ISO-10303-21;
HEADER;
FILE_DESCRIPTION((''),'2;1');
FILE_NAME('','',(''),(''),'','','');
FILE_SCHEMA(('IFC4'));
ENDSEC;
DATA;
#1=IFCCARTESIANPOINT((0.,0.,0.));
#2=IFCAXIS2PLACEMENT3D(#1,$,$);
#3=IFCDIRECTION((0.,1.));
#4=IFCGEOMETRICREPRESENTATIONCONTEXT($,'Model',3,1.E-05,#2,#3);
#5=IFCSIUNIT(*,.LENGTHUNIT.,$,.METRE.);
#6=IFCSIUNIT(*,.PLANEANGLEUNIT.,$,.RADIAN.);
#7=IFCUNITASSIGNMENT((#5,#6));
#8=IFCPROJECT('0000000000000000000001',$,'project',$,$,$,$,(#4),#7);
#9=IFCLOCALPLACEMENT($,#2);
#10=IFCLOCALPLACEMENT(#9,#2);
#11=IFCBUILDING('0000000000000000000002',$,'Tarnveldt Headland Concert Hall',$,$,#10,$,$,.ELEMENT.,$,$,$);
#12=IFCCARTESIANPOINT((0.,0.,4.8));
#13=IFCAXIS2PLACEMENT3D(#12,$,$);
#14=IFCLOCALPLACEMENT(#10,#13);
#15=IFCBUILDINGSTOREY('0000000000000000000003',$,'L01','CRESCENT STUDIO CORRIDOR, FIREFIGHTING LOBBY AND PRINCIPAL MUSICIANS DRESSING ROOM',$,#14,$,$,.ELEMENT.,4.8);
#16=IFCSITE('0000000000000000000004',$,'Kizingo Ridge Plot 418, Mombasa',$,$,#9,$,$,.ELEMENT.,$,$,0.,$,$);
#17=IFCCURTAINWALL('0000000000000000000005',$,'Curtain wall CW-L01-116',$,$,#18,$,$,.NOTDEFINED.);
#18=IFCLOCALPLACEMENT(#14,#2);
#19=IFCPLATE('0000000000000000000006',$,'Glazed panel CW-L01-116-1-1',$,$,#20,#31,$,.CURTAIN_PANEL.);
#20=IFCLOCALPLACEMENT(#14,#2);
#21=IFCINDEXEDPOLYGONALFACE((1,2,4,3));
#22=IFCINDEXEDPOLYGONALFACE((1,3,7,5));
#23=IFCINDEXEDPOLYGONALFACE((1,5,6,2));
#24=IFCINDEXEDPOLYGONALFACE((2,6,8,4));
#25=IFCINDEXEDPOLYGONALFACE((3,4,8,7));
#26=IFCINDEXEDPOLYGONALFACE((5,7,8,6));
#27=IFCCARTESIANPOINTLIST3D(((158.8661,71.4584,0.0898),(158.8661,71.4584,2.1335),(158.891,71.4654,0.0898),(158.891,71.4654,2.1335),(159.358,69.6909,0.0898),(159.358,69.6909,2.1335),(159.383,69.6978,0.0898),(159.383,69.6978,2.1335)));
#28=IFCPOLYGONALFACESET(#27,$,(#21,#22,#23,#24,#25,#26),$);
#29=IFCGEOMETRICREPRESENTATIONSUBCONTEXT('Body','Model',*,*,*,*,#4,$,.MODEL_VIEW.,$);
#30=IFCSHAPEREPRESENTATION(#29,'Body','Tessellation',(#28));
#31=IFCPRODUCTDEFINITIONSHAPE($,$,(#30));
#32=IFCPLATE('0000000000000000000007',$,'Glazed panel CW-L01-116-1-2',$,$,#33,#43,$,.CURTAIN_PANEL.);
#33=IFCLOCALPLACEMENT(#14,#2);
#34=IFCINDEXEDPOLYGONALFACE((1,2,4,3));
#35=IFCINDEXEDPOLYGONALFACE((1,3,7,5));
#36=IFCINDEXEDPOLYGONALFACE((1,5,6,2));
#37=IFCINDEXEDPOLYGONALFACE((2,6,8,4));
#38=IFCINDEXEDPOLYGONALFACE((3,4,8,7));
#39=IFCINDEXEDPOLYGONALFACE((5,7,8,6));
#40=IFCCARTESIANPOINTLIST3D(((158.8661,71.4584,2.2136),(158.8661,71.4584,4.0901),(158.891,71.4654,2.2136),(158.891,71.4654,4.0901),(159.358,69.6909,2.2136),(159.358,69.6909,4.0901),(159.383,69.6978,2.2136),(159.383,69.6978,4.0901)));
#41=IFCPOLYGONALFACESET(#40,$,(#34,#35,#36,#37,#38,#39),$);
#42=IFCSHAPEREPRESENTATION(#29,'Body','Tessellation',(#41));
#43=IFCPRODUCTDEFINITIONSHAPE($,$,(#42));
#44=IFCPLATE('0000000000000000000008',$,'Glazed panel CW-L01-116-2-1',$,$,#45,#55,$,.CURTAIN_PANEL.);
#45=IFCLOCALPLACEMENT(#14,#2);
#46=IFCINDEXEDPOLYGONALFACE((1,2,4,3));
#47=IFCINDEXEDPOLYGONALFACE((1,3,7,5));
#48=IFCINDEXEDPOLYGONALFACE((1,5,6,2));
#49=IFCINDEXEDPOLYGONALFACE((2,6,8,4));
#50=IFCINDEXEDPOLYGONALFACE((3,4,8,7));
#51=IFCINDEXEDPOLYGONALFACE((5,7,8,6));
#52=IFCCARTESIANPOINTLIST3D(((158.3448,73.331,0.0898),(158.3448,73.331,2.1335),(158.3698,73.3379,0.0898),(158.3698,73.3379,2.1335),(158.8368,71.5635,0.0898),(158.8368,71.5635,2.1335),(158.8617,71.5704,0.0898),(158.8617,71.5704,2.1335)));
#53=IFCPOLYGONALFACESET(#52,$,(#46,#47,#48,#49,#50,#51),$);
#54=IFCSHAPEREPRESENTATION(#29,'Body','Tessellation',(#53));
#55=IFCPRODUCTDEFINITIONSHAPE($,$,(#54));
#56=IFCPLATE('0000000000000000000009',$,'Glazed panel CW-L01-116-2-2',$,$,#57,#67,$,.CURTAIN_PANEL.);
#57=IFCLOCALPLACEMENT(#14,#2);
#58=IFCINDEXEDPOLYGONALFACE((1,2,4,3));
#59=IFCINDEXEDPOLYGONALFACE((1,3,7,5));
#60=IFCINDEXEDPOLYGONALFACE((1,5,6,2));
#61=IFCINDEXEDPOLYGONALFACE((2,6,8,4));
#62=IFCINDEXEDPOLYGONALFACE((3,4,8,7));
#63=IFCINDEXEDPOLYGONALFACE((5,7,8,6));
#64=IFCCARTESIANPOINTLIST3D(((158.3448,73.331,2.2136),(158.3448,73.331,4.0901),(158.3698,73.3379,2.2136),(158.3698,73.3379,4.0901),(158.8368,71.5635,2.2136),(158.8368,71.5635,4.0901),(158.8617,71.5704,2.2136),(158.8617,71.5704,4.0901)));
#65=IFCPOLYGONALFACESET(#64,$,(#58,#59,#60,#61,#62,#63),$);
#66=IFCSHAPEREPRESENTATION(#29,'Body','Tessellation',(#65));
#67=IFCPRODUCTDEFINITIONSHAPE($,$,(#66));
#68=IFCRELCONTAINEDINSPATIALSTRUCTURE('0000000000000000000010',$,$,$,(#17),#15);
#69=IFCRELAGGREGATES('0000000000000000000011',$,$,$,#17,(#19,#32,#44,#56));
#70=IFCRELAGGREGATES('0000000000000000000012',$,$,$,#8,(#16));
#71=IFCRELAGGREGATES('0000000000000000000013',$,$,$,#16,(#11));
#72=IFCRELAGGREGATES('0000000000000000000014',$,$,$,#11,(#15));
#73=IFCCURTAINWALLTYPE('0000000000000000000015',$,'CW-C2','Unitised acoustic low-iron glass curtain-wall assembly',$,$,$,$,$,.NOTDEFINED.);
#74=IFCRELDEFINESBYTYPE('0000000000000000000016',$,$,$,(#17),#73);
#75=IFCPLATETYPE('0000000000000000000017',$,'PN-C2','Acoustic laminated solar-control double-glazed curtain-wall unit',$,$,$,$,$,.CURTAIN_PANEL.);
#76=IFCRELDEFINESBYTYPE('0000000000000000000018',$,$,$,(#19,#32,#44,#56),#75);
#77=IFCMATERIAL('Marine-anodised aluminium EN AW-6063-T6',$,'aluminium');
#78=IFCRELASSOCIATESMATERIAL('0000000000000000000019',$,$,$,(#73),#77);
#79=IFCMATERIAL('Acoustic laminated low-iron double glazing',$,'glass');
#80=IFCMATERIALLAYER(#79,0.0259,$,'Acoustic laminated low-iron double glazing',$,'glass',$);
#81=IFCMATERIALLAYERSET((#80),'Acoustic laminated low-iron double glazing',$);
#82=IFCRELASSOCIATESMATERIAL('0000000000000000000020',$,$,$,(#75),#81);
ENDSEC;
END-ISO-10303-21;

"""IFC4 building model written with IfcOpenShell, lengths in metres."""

from ifc_helpers import new_model, si_unit, direction, frame, origin, origin_2d, place, context, subcontext, project, spatial, rectangle, extrude, material, layer, layer_set, type_object, element, aggregate, save


model = new_model("IFC4")

# Units and contexts
model_context = context("Model", 3, precision=1e-05, world=origin(), true_north=direction((0.0, 1.0)))
body_context = subcontext(model_context, "Body", "Model", "MODEL_VIEW")
ifc_project = project(units=[si_unit("LENGTHUNIT", "METRE"), si_unit("PLANEANGLEUNIT", "RADIAN")], contexts=[model_context])

# Site, building, storey
site_placement = place(None, origin())
site = spatial("IfcSite", under=ifc_project, at=site_placement, Name="Kizingo Ridge Plot 418, Mombasa", CompositionType="ELEMENT", RefElevation=0.0)
building_placement = place(site_placement, origin())
building = spatial("IfcBuilding", under=site, at=building_placement, Name="Tarnveldt Headland Concert Hall", CompositionType="ELEMENT")
storey_placement = place(building_placement, frame((0.0, 0.0, 4.8)))
storey = spatial("IfcBuildingStorey", under=building, at=storey_placement, Name="L01", Description="CRESCENT STUDIO CORRIDOR, FIREFIGHTING LOBBY AND PRINCIPAL MUSICIANS DRESSING ROOM", CompositionType="ELEMENT", Elevation=4.8)

# Curtain wall
ifc_material_1 = material(Name="Marine-anodised aluminium EN AW-6063-T6", Category="aluminium")
curtain_wall_type = type_object("IfcCurtainWallType", Name="CW-C2", Description="Unitised acoustic low-iron glass curtain-wall assembly", PredefinedType="NOTDEFINED", material=ifc_material_1)
curtain_wall_1_placement = place(storey_placement, origin())
curtain_wall_1 = element("IfcCurtainWall", 1, at=curtain_wall_1_placement, inside=storey, type_object=curtain_wall_type, Name="Curtain wall CW-L01-116", PredefinedType="NOTDEFINED")

# Plates
ifc_material_2 = material(Name="Acoustic laminated low-iron double glazing", Category="glass")
ifc_layer = layer(ifc_material_2, 0.0259, Name="Acoustic laminated low-iron double glazing", Category="glass")
ifc_layer_set = layer_set([ifc_layer], Name="Acoustic laminated low-iron double glazing")
plate_type = type_object("IfcPlateType", Name="PN-C2", Description="Acoustic laminated solar-control double-glazed curtain-wall unit", PredefinedType="CURTAIN_PANEL", material=ifc_layer_set)
plate_1_placement = place(storey_placement, frame((159.1245, 70.5781, 0.0898), z_axis=(0.0, 0.0, 1.0), x_axis=(-0.268146, 0.963378, 0.0)))
plate_1 = element("IfcPlate", 2, at=plate_1_placement, type_object=plate_type, Name="Glazed panel CW-L01-116-1-1", PredefinedType="CURTAIN_PANEL", context=body_context, shape_type="SweptSolid", body=[
    extrude(rectangle(XDim=1.8347, YDim=0.0259, at=origin_2d()), origin(), (0.0, 0.0, 1.0), 2.0437),
])
plate_2_placement = place(storey_placement, frame((159.1245, 70.5781, 2.2136), z_axis=(0.0, 0.0, 1.0), x_axis=(-0.268146, 0.963378, 0.0)))
plate_2 = element("IfcPlate", 3, at=plate_2_placement, type_object=plate_type, Name="Glazed panel CW-L01-116-1-2", PredefinedType="CURTAIN_PANEL", context=body_context, shape_type="SweptSolid", body=[
    extrude(rectangle(XDim=1.8347, YDim=0.0259, at=origin_2d()), origin(), (0.0, 0.0, 1.0), 1.8765),
])
plate_3_placement = place(storey_placement, frame((158.6033, 72.4507, 0.0898), z_axis=(0.0, 0.0, 1.0), x_axis=(-0.268146, 0.963378, 0.0)))
plate_3 = element("IfcPlate", 4, at=plate_3_placement, type_object=plate_type, Name="Glazed panel CW-L01-116-2-1", PredefinedType="CURTAIN_PANEL", context=body_context, shape_type="SweptSolid", body=[
    extrude(rectangle(XDim=1.8347, YDim=0.0259, at=origin_2d()), origin(), (0.0, 0.0, 1.0), 2.0437),
])
plate_4_placement = place(storey_placement, frame((158.6033, 72.4507, 2.2136), z_axis=(0.0, 0.0, 1.0), x_axis=(-0.268146, 0.963378, 0.0)))
plate_4 = element("IfcPlate", 5, at=plate_4_placement, type_object=plate_type, Name="Glazed panel CW-L01-116-2-2", PredefinedType="CURTAIN_PANEL", context=body_context, shape_type="SweptSolid", body=[
    extrude(rectangle(XDim=1.8347, YDim=0.0259, at=origin_2d()), origin(), (0.0, 0.0, 1.0), 1.8765),
])
aggregate(curtain_wall_1, [plate_1, plate_2, plate_3, plate_4])

save(model, "model.ifc")
